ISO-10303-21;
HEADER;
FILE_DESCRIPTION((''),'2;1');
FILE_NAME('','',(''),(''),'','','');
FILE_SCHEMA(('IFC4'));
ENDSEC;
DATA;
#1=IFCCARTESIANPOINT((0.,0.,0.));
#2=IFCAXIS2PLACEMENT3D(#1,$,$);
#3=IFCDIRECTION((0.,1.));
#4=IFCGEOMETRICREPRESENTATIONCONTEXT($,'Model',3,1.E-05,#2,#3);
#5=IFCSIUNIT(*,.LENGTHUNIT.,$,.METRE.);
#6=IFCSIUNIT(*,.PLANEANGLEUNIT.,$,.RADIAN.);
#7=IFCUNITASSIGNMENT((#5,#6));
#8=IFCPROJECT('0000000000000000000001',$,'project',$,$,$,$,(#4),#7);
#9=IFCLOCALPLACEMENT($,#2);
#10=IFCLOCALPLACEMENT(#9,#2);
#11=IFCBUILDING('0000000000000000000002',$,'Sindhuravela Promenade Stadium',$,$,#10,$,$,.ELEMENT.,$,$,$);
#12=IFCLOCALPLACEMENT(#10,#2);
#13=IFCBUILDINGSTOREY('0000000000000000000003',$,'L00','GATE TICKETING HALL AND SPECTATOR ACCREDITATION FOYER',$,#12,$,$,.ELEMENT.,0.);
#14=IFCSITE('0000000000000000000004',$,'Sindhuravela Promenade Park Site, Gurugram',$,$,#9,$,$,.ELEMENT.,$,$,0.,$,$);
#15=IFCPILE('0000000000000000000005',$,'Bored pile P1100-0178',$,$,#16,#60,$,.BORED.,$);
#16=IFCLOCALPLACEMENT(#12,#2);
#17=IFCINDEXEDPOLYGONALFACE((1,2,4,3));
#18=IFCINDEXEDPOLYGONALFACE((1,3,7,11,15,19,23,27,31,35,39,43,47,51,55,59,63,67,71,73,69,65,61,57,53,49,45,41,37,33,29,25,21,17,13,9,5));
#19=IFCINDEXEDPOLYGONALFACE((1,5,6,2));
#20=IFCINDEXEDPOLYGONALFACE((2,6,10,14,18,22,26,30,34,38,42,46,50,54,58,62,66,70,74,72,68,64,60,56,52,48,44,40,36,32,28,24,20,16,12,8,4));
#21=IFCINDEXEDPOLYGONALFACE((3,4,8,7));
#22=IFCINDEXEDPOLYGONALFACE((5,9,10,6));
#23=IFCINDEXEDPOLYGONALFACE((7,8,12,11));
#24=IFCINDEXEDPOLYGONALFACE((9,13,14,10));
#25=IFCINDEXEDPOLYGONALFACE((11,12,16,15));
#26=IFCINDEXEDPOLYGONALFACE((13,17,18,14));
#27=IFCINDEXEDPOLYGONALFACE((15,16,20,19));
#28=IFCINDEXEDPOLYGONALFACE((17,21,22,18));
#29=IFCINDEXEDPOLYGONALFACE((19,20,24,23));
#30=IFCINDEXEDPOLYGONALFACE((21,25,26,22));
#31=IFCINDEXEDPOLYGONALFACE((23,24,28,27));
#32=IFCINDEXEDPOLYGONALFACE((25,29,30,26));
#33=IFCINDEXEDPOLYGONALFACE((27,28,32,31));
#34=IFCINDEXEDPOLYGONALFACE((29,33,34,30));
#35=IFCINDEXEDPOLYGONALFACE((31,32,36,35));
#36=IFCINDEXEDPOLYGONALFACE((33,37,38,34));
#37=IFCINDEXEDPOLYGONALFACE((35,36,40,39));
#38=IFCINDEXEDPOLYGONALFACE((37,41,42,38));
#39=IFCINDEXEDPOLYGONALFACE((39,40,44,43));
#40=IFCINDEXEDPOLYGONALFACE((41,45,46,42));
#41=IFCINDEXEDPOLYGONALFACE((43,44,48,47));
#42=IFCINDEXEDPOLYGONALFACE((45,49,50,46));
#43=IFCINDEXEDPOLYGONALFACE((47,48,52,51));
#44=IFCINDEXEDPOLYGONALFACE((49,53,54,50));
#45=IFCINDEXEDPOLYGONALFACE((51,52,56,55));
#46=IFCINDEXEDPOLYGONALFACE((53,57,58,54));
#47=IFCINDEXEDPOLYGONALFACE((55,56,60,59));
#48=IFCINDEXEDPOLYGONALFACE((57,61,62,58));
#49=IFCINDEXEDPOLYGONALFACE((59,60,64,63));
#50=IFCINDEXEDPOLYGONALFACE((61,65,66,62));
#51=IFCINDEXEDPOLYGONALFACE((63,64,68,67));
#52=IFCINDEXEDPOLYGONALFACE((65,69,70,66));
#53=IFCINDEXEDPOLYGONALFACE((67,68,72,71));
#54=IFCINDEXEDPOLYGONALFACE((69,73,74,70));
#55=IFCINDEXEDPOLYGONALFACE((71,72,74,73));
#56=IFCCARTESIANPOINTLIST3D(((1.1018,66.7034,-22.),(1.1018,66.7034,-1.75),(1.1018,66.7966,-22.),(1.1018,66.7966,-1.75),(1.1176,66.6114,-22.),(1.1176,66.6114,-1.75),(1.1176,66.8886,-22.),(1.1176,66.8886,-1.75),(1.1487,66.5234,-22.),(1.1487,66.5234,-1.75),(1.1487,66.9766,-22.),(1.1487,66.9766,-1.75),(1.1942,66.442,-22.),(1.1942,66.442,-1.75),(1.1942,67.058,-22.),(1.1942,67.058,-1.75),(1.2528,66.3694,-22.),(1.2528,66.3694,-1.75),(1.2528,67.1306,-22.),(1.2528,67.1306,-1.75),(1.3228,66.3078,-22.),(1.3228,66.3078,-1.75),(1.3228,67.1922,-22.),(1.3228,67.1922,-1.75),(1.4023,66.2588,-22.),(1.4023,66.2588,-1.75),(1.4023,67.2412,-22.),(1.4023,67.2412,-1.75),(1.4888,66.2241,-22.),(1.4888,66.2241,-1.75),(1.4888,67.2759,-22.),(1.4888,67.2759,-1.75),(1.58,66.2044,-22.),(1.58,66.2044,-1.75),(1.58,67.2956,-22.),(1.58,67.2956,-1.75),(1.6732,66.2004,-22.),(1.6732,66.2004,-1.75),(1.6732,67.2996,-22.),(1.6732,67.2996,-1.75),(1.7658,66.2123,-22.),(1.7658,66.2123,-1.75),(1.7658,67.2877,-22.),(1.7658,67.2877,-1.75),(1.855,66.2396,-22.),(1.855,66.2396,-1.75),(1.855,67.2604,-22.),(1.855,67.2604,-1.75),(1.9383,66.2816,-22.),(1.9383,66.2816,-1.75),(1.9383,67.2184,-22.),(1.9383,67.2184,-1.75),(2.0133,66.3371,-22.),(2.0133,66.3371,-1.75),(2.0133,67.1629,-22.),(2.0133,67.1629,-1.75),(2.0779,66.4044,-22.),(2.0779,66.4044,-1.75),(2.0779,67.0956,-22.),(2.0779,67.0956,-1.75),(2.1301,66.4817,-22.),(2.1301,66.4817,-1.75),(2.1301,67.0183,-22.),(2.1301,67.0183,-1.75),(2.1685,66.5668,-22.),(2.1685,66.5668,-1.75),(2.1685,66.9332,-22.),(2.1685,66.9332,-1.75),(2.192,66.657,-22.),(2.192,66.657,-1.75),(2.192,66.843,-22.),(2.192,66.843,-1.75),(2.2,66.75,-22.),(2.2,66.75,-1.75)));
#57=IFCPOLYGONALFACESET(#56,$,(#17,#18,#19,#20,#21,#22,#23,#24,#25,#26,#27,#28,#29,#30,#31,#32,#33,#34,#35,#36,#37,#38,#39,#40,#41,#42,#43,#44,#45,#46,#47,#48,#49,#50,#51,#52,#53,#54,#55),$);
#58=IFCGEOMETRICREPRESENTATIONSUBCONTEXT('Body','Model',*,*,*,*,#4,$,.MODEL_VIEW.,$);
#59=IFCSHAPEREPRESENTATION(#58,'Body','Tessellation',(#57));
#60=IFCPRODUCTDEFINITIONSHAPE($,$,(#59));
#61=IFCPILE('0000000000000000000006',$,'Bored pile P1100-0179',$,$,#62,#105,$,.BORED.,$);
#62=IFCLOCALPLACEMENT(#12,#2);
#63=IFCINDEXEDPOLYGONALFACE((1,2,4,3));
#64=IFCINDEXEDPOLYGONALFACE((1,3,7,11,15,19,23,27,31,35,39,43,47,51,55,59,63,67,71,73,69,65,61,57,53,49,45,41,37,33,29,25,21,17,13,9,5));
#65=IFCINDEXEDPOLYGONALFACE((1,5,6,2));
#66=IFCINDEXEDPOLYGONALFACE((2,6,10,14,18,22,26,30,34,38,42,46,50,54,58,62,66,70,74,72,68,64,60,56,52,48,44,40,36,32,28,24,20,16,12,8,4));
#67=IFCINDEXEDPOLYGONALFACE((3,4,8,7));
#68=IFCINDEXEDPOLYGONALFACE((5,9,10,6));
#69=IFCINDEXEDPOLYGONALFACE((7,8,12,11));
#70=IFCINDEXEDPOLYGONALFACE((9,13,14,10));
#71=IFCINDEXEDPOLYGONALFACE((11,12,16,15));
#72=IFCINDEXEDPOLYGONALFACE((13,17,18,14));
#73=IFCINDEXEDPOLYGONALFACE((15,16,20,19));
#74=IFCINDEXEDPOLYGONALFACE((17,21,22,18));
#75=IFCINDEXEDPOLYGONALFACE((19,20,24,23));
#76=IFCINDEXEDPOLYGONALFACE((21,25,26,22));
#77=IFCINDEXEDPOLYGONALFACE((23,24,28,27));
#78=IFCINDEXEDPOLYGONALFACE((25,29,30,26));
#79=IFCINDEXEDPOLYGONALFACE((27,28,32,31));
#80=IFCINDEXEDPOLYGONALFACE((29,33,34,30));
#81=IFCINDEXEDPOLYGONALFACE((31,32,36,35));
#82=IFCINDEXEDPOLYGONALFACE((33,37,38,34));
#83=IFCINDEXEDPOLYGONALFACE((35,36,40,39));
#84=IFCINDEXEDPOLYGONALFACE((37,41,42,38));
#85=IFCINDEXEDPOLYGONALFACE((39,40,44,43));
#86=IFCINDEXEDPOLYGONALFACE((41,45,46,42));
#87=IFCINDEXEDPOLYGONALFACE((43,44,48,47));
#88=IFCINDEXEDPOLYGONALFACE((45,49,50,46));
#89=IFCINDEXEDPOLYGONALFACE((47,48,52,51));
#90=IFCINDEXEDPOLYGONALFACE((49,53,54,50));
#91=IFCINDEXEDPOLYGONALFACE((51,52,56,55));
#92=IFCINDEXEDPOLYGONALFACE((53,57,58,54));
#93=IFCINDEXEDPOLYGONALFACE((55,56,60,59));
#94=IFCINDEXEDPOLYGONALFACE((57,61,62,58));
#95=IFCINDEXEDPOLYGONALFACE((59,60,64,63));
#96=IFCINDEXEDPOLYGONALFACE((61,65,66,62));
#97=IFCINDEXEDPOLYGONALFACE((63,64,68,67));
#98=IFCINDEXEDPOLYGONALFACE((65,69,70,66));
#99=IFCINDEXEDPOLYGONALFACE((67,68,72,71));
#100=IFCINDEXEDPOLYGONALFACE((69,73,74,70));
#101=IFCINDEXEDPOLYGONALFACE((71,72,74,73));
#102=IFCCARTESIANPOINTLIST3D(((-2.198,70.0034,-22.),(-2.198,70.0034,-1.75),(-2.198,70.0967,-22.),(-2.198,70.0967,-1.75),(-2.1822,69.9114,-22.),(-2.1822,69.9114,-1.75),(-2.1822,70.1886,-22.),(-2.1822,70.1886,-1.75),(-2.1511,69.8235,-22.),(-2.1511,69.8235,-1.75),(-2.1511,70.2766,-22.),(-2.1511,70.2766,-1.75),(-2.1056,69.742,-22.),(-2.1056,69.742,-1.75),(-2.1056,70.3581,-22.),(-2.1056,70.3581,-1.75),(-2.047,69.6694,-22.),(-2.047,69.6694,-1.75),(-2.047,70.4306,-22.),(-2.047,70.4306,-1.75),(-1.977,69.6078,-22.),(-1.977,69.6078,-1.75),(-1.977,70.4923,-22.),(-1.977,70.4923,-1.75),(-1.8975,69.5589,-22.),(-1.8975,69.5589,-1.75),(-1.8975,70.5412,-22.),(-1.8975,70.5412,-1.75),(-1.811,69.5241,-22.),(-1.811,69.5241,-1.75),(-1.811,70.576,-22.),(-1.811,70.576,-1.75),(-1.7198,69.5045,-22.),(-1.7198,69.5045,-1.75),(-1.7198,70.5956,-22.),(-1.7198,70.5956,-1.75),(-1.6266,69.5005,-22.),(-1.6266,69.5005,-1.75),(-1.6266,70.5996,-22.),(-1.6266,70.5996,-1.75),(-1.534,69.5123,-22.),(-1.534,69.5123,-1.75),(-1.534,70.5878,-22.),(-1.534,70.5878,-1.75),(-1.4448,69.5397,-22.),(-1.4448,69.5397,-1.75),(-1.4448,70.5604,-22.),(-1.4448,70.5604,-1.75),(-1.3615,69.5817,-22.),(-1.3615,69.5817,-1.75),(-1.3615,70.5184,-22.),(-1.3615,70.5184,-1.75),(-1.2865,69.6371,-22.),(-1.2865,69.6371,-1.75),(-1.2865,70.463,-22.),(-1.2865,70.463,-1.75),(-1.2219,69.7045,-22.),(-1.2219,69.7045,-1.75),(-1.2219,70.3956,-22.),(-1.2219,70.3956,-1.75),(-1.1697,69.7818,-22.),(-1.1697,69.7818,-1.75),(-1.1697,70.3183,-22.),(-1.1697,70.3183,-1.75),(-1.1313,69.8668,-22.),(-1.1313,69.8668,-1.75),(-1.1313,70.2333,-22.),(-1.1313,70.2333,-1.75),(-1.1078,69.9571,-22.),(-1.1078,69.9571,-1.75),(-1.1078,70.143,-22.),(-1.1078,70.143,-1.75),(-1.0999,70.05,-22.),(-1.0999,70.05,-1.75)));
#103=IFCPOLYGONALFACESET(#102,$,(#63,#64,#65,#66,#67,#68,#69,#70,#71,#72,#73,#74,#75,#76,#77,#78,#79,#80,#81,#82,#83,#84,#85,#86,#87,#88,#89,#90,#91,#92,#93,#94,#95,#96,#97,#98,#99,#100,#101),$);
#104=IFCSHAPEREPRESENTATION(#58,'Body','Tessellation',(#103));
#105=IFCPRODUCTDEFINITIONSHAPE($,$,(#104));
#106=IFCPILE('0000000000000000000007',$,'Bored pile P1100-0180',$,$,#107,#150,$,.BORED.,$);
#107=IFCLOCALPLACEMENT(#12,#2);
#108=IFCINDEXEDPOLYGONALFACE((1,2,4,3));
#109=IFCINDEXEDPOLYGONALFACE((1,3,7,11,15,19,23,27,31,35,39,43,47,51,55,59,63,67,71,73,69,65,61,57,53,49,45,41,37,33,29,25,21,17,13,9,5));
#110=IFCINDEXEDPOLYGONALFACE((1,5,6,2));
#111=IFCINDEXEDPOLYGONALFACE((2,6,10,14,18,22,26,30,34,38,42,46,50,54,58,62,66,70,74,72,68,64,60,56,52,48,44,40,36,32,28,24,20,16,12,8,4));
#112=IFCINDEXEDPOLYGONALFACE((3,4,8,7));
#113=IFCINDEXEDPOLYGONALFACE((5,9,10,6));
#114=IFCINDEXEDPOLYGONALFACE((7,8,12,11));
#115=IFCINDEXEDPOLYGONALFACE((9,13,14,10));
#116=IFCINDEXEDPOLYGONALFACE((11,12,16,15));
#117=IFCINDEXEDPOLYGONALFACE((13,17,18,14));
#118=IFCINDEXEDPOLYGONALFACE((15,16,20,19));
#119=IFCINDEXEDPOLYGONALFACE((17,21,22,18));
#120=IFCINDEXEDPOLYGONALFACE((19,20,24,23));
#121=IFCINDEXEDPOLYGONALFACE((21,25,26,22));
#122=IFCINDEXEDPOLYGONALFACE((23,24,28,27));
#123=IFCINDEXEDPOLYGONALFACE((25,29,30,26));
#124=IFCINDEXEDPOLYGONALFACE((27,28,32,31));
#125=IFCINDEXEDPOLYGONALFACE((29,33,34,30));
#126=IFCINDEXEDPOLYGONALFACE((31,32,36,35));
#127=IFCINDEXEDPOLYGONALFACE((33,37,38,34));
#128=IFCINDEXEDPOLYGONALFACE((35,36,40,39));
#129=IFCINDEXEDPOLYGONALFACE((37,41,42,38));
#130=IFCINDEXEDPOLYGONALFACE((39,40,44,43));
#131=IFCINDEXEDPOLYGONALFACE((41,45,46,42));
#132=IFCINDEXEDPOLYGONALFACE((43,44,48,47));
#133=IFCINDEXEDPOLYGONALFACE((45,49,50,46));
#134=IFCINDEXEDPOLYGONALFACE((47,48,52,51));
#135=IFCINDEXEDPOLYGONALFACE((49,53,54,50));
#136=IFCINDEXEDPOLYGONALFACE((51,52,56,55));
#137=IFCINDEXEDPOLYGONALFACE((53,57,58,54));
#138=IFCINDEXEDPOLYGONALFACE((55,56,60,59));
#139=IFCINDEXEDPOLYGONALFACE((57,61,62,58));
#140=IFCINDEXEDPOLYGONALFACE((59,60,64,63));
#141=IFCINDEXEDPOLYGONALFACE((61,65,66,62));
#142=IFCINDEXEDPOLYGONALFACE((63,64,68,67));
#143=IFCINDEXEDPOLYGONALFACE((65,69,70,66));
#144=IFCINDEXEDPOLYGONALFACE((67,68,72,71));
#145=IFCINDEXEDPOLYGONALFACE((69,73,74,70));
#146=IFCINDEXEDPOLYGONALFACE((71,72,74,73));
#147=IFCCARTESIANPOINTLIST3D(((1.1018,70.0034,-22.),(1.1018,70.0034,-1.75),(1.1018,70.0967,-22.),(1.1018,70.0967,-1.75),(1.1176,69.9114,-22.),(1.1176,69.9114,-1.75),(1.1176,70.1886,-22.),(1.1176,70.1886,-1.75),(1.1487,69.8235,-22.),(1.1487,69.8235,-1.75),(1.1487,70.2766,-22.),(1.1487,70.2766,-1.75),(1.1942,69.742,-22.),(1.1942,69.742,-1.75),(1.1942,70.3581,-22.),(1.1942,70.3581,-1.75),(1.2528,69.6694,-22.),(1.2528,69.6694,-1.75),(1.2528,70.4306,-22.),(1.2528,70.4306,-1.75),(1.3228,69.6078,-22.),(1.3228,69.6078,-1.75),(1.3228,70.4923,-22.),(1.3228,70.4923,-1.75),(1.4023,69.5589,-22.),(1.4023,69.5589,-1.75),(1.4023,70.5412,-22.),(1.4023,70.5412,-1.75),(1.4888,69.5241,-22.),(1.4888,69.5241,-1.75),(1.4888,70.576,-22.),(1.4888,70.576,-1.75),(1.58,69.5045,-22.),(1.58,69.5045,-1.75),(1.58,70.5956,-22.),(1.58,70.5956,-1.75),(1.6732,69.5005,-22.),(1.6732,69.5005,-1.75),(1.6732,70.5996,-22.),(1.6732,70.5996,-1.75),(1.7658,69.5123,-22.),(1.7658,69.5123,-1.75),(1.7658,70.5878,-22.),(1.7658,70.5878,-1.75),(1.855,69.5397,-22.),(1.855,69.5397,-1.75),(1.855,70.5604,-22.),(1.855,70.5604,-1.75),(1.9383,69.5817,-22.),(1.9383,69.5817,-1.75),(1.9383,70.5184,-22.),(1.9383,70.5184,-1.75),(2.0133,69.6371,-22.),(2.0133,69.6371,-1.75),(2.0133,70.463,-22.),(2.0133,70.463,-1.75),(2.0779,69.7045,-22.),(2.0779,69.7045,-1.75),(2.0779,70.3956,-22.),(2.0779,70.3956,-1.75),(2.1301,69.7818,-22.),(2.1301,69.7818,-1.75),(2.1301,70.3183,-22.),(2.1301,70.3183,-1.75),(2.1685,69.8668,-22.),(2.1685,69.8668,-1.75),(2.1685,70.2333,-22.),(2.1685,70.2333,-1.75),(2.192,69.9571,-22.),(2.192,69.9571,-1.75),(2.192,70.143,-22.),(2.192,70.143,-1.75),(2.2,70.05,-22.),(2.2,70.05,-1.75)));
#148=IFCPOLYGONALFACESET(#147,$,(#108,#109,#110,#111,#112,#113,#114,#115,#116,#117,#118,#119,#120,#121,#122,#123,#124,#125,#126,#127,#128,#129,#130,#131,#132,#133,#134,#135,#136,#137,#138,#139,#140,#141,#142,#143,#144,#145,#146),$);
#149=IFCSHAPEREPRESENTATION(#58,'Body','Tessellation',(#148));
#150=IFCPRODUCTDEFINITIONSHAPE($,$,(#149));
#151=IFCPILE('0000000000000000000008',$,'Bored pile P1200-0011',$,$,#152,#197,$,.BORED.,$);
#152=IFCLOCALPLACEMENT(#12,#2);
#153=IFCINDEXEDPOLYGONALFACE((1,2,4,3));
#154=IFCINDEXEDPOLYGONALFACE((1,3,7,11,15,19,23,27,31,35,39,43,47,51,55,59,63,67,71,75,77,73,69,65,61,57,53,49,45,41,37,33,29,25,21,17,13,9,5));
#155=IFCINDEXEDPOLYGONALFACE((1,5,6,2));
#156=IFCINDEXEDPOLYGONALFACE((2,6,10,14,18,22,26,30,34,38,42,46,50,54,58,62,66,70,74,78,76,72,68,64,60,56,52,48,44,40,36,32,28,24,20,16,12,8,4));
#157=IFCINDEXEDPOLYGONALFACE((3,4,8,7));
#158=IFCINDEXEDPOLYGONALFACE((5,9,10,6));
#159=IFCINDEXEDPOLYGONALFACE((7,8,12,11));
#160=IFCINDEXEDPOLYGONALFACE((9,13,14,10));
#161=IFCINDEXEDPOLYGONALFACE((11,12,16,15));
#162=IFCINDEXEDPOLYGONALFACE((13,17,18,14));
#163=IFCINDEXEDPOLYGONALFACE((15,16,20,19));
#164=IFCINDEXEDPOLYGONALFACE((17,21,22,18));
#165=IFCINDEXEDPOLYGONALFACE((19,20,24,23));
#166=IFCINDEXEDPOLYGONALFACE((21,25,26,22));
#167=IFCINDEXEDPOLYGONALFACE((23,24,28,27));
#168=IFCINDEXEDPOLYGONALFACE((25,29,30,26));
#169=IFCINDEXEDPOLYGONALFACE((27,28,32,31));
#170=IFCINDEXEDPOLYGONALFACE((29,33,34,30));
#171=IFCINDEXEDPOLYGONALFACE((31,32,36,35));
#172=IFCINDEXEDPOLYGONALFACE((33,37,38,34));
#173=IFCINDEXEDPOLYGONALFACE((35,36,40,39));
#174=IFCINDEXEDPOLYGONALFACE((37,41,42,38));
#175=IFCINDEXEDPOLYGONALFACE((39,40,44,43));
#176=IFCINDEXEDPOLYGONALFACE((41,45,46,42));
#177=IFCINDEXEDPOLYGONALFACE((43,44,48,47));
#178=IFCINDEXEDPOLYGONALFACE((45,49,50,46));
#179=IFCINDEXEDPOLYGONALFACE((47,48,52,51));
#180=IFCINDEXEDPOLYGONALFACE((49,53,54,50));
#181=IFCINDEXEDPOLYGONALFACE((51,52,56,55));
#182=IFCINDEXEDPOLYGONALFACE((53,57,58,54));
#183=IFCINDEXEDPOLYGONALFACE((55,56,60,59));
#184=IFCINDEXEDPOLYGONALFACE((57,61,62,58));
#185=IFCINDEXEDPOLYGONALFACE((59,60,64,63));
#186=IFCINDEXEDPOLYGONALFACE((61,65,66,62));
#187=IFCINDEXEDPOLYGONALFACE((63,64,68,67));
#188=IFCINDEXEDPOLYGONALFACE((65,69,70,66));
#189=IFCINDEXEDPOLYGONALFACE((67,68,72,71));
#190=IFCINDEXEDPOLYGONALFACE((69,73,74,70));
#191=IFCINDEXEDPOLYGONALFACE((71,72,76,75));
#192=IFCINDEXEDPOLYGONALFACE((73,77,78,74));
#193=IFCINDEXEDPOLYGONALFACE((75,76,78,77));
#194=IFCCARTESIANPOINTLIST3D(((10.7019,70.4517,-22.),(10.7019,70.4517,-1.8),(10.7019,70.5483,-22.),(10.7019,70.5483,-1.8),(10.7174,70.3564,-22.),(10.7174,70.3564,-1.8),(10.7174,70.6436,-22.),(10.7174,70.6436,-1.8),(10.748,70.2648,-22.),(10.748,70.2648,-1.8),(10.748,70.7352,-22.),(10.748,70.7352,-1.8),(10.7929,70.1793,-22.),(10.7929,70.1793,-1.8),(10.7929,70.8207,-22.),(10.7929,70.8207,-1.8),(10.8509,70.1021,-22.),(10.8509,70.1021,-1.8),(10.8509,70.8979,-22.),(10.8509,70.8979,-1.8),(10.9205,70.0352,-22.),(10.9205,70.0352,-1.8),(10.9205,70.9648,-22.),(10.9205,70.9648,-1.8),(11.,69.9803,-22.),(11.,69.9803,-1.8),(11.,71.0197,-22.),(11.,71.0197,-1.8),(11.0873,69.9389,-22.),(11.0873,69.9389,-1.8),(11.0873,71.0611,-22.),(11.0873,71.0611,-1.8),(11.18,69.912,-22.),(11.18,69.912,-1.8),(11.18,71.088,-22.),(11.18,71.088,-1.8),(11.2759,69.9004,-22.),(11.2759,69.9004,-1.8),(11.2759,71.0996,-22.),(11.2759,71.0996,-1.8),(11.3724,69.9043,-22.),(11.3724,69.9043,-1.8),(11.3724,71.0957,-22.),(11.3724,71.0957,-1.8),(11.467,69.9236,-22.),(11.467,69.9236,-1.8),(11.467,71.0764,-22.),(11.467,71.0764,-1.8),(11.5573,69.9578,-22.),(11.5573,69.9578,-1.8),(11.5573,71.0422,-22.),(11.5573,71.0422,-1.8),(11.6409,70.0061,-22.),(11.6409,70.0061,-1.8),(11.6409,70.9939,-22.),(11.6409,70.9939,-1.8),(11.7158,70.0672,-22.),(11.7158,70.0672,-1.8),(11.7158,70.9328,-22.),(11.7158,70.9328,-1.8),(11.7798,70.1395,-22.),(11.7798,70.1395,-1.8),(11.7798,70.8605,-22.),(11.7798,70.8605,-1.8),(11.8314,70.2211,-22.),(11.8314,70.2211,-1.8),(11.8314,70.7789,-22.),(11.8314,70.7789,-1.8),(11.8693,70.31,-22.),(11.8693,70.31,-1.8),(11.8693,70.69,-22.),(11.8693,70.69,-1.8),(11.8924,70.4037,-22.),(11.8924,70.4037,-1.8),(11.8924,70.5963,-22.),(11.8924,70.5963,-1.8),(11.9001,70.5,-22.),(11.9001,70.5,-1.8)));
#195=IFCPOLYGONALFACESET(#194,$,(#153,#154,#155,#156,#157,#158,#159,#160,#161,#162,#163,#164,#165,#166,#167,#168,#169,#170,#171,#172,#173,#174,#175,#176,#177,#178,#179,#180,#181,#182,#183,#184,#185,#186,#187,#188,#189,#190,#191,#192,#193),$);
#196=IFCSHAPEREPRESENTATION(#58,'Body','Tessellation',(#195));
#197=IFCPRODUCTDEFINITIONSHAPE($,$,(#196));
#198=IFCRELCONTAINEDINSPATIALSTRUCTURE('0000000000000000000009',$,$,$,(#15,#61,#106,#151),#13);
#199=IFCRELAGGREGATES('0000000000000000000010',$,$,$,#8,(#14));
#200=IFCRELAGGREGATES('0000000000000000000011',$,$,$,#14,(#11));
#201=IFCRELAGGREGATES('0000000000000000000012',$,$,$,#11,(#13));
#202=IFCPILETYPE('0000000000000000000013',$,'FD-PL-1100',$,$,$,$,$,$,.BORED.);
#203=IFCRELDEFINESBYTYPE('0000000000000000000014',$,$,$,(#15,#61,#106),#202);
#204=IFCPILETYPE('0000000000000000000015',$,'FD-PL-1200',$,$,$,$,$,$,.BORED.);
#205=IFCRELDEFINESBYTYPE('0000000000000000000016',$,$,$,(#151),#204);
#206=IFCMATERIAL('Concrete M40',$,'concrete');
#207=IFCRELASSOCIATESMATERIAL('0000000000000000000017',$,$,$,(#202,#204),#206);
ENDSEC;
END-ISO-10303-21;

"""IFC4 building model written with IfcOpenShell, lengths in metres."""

from ifc_helpers import new_model, si_unit, direction, frame, origin, origin_2d, place, context, subcontext, project, spatial, circle, extrude, material, material_profile, profile_set, type_object, element, save


model = new_model("IFC4")

# Units and contexts
model_context = context("Model", 3, precision=1e-05, world=origin(), true_north=direction((0.0, 1.0)))
body_context = subcontext(model_context, "Body", "Model", "MODEL_VIEW")
ifc_project = project(units=[si_unit("LENGTHUNIT", "METRE"), si_unit("PLANEANGLEUNIT", "RADIAN")], contexts=[model_context])

# Site, building, storey
site_placement = place(None, origin())
site = spatial("IfcSite", under=ifc_project, at=site_placement, Name="Sindhuravela Promenade Park Site, Gurugram", CompositionType="ELEMENT", RefElevation=0.0)
building_placement = place(site_placement, origin())
building = spatial("IfcBuilding", under=site, at=building_placement, Name="Sindhuravela Promenade Stadium", CompositionType="ELEMENT")
storey_placement = place(building_placement, origin())
storey = spatial("IfcBuildingStorey", under=building, at=storey_placement, Name="L00", Description="GATE TICKETING HALL AND SPECTATOR ACCREDITATION FOYER", CompositionType="ELEMENT", Elevation=0.0)

# Piles
ifc_material_1 = material(Name="Concrete M40", Category="concrete")
ifc_material_profile_1 = material_profile(ifc_material_1, circle(Radius=0.55, at=origin_2d()), Name="BORED PILE D1100")
ifc_profile_set_1 = profile_set([ifc_material_profile_1], Name="Concrete M40")
pile_type_1 = type_object("IfcPileType", Name="FD-PL-1100", PredefinedType="BORED", material=ifc_profile_set_1)
for number, where, z_axis, x_axis, name in (
    (1, (1.6499, 66.75, -1.75), (0.0, 0.0, -1.0), (1.0, 0.0, 0.0), "Bored pile P1100-0178"),
    (2, (-1.6499, 70.05, -1.75), (0.0, 0.0, -1.0), (1.0, 0.0, 0.0), "Bored pile P1100-0179"),
    (3, (1.6499, 70.05, -1.75), (0.0, 0.0, -1.0), (1.0, 0.0, 0.0), "Bored pile P1100-0180"),
):
    element("IfcPile", number, at=place(storey_placement, frame(where, z_axis=z_axis, x_axis=x_axis)), inside=storey, type_object=pile_type_1, Name=name, PredefinedType="BORED", context=body_context, shape_type="SweptSolid", body=[
        extrude(circle(Radius=0.55, at=origin_2d()), origin(), (0.0, 0.0, 1.0), 20.25),
    ])
ifc_material_profile_2 = material_profile(ifc_material_1, circle(Radius=0.6001, at=origin_2d()), Name="BORED PILE D1200")
ifc_profile_set_2 = profile_set([ifc_material_profile_2], Name="Concrete M40")
pile_type_2 = type_object("IfcPileType", Name="FD-PL-1200", PredefinedType="BORED", material=ifc_profile_set_2)
for number, where, z_axis, x_axis, name in (
    (4, (11.3, 70.5, -1.8), (0.0, 0.0, -1.0), (1.0, 0.0, 0.0), "Bored pile P1200-0011"),
):
    element("IfcPile", number, at=place(storey_placement, frame(where, z_axis=z_axis, x_axis=x_axis)), inside=storey, type_object=pile_type_2, Name=name, PredefinedType="BORED", context=body_context, shape_type="SweptSolid", body=[
        extrude(circle(Radius=0.6001, at=origin_2d()), origin(), (0.0, 0.0, 1.0), 20.2),
    ])

save(model, "model.ifc")
